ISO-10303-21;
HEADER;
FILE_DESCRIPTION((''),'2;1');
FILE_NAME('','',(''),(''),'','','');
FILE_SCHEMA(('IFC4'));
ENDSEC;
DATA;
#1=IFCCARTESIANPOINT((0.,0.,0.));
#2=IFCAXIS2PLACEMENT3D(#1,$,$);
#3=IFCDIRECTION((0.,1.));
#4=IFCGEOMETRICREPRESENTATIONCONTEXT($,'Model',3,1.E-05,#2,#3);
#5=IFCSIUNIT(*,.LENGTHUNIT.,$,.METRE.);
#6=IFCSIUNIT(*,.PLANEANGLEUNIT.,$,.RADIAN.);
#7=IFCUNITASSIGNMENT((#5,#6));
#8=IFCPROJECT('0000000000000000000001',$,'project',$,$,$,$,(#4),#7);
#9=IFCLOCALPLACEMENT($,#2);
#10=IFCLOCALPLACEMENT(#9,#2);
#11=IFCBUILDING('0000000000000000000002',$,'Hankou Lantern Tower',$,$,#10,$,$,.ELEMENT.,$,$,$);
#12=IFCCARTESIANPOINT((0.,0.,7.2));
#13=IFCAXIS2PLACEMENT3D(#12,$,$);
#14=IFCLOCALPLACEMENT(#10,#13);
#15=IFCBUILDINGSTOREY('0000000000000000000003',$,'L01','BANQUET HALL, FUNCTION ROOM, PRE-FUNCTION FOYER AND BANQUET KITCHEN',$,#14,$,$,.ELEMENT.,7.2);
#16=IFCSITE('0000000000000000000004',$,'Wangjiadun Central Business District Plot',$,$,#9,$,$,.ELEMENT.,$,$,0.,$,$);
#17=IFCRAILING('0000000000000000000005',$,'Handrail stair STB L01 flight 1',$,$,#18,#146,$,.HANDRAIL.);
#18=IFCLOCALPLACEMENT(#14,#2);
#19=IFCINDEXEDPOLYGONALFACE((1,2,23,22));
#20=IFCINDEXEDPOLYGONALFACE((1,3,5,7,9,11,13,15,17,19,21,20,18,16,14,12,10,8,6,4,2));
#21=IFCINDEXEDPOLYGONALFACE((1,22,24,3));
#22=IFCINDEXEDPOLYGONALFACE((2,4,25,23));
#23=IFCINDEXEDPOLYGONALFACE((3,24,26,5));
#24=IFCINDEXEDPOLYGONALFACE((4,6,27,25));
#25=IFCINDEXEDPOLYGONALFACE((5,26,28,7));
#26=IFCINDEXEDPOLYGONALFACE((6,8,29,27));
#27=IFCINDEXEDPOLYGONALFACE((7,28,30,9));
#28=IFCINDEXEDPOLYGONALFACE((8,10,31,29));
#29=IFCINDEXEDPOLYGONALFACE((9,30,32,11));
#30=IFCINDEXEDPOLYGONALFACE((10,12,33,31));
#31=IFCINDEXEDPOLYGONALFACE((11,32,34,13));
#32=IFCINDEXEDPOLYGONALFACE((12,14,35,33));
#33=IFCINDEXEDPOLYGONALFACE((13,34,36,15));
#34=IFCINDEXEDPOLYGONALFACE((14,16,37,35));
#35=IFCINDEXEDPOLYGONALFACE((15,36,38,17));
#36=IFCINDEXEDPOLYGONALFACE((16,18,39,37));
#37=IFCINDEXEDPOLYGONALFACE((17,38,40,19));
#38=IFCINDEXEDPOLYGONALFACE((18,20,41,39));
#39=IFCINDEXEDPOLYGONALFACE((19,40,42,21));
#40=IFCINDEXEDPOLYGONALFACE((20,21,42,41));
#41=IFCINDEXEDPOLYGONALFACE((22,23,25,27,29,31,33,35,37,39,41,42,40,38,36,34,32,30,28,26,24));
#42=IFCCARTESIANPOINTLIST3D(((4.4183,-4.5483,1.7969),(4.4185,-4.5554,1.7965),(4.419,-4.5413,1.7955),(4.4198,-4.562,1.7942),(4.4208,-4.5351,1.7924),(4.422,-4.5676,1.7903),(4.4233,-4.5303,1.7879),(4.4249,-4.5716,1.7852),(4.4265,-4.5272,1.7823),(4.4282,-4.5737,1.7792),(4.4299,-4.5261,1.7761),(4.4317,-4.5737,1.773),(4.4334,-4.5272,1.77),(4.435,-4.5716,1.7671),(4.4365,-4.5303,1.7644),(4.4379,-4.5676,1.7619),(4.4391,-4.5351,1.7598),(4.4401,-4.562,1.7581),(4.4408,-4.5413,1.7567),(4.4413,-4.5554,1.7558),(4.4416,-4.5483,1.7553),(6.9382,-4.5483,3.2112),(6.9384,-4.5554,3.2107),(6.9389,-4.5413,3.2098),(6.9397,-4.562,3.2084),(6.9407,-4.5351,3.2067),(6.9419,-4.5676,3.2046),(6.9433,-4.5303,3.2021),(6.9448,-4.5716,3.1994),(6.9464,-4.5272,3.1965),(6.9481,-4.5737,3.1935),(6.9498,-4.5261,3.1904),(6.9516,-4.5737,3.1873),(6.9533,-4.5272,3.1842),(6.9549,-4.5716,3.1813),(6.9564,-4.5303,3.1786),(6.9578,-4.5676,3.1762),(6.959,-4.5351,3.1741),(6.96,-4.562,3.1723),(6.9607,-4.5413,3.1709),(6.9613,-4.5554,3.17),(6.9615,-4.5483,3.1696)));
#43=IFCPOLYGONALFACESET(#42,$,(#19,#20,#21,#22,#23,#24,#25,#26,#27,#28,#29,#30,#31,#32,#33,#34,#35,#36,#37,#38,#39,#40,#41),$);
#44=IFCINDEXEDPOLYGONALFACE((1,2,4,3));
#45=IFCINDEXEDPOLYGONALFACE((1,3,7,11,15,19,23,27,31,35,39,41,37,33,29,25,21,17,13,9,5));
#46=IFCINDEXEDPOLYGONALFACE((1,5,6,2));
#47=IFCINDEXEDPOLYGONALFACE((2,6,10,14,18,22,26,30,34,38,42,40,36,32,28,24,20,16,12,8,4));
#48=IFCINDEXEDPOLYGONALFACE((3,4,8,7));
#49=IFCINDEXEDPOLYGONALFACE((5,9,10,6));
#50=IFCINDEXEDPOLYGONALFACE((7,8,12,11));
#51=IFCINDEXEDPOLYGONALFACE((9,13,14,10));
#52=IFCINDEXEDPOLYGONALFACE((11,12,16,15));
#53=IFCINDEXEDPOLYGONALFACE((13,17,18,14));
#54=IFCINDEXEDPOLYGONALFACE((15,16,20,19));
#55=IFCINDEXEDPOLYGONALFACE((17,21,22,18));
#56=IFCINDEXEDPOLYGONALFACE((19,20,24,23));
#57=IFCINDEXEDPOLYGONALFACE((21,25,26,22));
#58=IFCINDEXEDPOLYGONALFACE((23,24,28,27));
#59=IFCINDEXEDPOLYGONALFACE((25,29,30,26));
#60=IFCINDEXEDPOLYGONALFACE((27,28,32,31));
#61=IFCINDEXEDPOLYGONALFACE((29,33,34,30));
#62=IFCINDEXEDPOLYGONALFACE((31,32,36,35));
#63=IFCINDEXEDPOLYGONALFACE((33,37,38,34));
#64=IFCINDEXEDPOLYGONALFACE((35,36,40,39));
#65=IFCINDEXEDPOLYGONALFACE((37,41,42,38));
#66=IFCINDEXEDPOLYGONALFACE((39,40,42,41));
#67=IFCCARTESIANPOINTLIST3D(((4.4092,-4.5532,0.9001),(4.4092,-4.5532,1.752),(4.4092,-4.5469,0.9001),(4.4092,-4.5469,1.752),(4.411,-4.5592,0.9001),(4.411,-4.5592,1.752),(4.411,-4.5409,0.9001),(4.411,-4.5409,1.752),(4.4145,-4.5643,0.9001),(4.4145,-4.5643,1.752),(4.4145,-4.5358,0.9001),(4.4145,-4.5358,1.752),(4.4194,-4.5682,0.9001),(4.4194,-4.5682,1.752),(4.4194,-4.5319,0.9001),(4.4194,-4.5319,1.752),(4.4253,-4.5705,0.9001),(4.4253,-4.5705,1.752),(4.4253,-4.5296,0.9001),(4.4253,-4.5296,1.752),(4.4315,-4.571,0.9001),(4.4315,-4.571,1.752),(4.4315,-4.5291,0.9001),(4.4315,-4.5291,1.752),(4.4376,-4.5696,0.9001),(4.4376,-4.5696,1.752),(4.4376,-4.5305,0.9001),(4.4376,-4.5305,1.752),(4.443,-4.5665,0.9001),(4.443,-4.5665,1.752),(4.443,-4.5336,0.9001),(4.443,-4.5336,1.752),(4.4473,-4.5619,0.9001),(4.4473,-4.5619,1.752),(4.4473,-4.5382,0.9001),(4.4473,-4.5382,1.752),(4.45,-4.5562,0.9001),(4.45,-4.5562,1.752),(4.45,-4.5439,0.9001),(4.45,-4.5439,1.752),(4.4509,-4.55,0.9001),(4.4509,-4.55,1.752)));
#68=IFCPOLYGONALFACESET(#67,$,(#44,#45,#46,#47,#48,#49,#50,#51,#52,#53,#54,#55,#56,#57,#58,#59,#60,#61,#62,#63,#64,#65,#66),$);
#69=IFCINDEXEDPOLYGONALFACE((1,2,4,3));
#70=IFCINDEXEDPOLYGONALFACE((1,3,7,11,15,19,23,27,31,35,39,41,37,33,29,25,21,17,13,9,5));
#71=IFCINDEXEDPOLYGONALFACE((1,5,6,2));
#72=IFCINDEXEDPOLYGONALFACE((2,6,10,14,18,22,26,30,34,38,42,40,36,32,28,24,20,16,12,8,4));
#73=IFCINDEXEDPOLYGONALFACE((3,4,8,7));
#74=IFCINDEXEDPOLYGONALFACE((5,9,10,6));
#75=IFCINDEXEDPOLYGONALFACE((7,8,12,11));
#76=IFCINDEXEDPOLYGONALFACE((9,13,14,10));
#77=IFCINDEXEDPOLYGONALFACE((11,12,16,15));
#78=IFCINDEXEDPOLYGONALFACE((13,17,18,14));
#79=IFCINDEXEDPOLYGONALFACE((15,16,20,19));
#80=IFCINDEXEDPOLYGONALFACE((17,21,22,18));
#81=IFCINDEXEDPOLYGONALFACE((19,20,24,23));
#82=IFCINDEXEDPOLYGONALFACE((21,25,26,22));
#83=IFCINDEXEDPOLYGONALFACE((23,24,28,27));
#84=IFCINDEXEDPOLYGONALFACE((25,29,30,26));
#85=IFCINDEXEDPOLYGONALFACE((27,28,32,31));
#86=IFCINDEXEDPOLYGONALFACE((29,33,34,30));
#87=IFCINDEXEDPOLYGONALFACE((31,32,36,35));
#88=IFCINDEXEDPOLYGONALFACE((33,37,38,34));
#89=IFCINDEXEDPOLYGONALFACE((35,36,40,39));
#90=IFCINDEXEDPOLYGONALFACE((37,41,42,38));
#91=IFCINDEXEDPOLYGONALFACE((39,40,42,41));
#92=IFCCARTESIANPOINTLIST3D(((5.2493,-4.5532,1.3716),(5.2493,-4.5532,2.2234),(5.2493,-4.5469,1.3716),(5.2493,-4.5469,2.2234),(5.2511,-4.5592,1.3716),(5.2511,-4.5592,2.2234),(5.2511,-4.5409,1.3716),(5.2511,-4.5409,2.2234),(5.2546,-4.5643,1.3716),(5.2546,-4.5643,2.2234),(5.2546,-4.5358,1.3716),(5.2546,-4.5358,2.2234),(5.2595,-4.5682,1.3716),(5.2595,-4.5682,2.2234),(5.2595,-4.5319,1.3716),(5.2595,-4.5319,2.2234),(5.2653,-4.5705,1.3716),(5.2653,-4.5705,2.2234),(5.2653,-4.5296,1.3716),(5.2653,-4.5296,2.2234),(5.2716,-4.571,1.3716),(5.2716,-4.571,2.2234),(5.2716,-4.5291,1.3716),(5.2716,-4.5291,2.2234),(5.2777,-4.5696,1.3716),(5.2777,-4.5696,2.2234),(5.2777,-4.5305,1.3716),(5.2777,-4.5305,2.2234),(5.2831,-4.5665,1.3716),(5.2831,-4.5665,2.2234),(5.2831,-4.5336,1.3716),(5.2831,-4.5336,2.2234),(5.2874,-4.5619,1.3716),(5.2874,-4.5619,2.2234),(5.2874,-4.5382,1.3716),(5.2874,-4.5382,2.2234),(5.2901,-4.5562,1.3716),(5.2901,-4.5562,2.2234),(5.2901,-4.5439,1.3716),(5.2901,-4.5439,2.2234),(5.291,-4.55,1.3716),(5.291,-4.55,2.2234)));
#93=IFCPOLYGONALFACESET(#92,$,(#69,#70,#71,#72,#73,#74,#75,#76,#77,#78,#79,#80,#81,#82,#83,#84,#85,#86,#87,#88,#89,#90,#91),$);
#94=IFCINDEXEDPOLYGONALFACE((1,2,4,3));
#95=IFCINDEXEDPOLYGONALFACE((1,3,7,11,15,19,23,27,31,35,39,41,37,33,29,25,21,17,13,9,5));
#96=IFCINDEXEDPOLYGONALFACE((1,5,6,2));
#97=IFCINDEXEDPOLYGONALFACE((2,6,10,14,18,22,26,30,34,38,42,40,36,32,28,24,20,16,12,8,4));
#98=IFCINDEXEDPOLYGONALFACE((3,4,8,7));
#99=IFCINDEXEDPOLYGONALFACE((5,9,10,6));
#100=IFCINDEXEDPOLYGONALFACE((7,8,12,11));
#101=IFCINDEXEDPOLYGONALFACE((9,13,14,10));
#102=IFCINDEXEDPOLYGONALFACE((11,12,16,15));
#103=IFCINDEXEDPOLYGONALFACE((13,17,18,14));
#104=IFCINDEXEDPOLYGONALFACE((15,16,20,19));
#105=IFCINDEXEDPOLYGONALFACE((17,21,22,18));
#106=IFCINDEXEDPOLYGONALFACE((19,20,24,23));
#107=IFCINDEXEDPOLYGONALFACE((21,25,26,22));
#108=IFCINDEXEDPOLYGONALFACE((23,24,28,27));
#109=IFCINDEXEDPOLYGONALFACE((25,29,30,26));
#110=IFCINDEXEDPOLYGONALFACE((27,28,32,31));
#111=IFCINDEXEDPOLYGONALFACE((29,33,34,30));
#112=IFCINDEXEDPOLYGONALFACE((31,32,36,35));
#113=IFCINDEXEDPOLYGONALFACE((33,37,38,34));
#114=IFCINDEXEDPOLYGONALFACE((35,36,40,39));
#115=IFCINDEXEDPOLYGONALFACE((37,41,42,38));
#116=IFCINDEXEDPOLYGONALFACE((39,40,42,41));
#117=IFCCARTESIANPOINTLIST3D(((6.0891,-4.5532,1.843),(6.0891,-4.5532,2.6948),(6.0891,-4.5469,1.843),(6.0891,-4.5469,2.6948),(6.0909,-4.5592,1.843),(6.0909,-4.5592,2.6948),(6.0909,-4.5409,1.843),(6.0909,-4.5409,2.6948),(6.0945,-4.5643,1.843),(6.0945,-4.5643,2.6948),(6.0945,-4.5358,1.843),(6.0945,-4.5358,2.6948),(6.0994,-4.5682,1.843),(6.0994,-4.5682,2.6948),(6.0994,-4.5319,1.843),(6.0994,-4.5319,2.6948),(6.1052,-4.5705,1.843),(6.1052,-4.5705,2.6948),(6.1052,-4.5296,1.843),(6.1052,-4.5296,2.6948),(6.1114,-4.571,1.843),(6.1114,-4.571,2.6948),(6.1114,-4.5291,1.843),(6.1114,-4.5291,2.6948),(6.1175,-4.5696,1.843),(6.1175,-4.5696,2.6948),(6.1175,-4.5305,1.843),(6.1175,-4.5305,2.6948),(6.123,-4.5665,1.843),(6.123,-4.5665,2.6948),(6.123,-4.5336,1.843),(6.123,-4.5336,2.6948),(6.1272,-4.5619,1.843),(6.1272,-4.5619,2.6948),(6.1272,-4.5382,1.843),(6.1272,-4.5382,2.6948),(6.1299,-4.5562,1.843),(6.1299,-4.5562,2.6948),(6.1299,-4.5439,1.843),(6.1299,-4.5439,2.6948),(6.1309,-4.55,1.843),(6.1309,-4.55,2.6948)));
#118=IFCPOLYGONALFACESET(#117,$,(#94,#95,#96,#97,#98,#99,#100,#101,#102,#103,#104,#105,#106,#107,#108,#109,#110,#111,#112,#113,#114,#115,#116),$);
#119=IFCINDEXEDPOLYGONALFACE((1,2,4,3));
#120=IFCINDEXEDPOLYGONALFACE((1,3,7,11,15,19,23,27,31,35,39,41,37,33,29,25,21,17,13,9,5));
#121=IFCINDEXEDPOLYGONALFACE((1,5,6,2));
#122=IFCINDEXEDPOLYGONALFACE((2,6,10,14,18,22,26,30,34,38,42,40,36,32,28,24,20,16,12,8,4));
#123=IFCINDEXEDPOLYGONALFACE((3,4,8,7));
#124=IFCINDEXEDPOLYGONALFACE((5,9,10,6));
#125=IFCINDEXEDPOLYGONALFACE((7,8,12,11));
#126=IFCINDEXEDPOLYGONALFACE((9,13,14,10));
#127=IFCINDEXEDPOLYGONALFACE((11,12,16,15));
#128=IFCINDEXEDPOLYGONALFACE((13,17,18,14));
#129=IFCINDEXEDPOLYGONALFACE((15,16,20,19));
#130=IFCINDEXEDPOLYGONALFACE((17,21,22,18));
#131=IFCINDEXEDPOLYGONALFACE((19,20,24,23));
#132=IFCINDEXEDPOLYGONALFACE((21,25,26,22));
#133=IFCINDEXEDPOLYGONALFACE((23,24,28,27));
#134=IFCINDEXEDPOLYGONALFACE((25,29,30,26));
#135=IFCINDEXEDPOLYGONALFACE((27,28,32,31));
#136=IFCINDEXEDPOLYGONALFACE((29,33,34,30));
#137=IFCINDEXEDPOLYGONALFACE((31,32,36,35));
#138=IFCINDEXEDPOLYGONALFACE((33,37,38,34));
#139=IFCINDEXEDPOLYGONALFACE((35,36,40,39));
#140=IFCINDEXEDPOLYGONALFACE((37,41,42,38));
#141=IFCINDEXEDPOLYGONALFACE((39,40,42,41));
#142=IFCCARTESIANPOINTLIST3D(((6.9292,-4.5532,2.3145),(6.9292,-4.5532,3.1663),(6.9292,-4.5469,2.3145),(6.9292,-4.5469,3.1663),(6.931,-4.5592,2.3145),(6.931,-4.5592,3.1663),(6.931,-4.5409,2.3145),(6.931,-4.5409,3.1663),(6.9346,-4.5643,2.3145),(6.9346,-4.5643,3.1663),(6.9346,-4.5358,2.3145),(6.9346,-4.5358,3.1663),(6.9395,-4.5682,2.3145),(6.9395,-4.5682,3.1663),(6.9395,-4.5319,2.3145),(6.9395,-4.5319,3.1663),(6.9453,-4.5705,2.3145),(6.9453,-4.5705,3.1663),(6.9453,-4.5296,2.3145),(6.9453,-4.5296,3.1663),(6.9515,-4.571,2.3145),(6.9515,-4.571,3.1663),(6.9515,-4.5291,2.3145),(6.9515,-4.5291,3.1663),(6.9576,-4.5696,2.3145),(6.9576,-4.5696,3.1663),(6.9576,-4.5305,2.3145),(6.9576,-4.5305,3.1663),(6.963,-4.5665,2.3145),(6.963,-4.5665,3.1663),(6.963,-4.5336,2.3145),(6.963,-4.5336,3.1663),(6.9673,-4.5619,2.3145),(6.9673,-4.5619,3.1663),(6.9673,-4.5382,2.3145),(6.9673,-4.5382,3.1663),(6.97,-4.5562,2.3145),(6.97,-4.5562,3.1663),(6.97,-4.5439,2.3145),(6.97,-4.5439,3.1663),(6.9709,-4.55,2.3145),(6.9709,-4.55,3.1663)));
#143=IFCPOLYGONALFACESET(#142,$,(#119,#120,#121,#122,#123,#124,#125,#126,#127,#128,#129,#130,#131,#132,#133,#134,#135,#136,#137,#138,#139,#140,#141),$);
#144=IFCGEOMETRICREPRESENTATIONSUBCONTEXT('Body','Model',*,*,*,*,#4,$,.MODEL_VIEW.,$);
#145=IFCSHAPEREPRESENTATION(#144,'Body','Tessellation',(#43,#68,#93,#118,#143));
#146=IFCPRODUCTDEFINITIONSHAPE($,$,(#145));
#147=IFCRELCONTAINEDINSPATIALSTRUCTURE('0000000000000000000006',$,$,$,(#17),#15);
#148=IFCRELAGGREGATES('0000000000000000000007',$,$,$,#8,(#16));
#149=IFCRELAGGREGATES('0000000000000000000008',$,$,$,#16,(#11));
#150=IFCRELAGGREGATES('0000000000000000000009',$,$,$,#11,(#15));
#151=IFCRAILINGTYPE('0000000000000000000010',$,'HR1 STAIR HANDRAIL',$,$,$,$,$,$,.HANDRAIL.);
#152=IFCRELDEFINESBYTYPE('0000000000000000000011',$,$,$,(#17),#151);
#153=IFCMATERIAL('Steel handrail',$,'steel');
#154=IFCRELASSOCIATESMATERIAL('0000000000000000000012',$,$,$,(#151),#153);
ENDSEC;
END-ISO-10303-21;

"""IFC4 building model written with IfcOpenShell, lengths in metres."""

from ifc_helpers import new_model, si_unit, direction, frame, origin, origin_2d, place, context, subcontext, project, spatial, circle, extrude, material, type_object, element, save


model = new_model("IFC4")

# Units and contexts
model_context = context("Model", 3, precision=1e-05, world=origin(), true_north=direction((0.0, 1.0)))
body_context = subcontext(model_context, "Body", "Model", "MODEL_VIEW")
ifc_project = project(units=[si_unit("LENGTHUNIT", "METRE"), si_unit("PLANEANGLEUNIT", "RADIAN")], contexts=[model_context])

# Site, building, storey
site_placement = place(None, origin())
site = spatial("IfcSite", under=ifc_project, at=site_placement, Name="Wangjiadun Central Business District Plot", CompositionType="ELEMENT", RefElevation=0.0)
building_placement = place(site_placement, origin())
building = spatial("IfcBuilding", under=site, at=building_placement, Name="Hankou Lantern Tower", CompositionType="ELEMENT")
storey_placement = place(building_placement, frame((0.0, 0.0, 7.2)))
storey = spatial("IfcBuildingStorey", under=building, at=storey_placement, Name="L01", Description="BANQUET HALL, FUNCTION ROOM, PRE-FUNCTION FOYER AND BANQUET KITCHEN", CompositionType="ELEMENT", Elevation=7.2)

# Railing
ifc_material_1 = material(Name="Steel handrail", Category="steel")
railing_type = type_object("IfcRailingType", Name="HR1 STAIR HANDRAIL", PredefinedType="HANDRAIL", material=ifc_material_1)
railing_1_placement = place(storey_placement, frame((4.4299, -4.55, 0.9001)))
element("IfcRailing", 1, at=railing_1_placement, inside=storey, type_object=railing_type, Name="Handrail stair STB L01 flight 1", PredefinedType="HANDRAIL", context=body_context, shape_type="SweptSolid", body=[
    extrude(circle(Radius=0.0239, at=origin_2d()), frame((0.0, 0.0, 0.876), z_axis=(0.872049, 0.0, 0.489419), x_axis=(0.0, 1.0, 0.0)), (0.0, 0.0, 1.0), 2.8896),
    extrude(circle(Radius=0.021, at=origin_2d()), origin(), (0.0, 0.0, 1.0), 0.8518),
    extrude(circle(Radius=0.021, at=origin_2d()), frame((0.8401, 0.0, 0.4714)), (0.0, 0.0, 1.0), 0.8518),
    extrude(circle(Radius=0.021, at=origin_2d()), frame((1.6799, 0.0, 0.9429)), (0.0, 0.0, 1.0), 0.8518),
    extrude(circle(Radius=0.021, at=origin_2d()), frame((2.52, 0.0, 1.4143)), (0.0, 0.0, 1.0), 0.8518),
])

save(model, "model.ifc")
